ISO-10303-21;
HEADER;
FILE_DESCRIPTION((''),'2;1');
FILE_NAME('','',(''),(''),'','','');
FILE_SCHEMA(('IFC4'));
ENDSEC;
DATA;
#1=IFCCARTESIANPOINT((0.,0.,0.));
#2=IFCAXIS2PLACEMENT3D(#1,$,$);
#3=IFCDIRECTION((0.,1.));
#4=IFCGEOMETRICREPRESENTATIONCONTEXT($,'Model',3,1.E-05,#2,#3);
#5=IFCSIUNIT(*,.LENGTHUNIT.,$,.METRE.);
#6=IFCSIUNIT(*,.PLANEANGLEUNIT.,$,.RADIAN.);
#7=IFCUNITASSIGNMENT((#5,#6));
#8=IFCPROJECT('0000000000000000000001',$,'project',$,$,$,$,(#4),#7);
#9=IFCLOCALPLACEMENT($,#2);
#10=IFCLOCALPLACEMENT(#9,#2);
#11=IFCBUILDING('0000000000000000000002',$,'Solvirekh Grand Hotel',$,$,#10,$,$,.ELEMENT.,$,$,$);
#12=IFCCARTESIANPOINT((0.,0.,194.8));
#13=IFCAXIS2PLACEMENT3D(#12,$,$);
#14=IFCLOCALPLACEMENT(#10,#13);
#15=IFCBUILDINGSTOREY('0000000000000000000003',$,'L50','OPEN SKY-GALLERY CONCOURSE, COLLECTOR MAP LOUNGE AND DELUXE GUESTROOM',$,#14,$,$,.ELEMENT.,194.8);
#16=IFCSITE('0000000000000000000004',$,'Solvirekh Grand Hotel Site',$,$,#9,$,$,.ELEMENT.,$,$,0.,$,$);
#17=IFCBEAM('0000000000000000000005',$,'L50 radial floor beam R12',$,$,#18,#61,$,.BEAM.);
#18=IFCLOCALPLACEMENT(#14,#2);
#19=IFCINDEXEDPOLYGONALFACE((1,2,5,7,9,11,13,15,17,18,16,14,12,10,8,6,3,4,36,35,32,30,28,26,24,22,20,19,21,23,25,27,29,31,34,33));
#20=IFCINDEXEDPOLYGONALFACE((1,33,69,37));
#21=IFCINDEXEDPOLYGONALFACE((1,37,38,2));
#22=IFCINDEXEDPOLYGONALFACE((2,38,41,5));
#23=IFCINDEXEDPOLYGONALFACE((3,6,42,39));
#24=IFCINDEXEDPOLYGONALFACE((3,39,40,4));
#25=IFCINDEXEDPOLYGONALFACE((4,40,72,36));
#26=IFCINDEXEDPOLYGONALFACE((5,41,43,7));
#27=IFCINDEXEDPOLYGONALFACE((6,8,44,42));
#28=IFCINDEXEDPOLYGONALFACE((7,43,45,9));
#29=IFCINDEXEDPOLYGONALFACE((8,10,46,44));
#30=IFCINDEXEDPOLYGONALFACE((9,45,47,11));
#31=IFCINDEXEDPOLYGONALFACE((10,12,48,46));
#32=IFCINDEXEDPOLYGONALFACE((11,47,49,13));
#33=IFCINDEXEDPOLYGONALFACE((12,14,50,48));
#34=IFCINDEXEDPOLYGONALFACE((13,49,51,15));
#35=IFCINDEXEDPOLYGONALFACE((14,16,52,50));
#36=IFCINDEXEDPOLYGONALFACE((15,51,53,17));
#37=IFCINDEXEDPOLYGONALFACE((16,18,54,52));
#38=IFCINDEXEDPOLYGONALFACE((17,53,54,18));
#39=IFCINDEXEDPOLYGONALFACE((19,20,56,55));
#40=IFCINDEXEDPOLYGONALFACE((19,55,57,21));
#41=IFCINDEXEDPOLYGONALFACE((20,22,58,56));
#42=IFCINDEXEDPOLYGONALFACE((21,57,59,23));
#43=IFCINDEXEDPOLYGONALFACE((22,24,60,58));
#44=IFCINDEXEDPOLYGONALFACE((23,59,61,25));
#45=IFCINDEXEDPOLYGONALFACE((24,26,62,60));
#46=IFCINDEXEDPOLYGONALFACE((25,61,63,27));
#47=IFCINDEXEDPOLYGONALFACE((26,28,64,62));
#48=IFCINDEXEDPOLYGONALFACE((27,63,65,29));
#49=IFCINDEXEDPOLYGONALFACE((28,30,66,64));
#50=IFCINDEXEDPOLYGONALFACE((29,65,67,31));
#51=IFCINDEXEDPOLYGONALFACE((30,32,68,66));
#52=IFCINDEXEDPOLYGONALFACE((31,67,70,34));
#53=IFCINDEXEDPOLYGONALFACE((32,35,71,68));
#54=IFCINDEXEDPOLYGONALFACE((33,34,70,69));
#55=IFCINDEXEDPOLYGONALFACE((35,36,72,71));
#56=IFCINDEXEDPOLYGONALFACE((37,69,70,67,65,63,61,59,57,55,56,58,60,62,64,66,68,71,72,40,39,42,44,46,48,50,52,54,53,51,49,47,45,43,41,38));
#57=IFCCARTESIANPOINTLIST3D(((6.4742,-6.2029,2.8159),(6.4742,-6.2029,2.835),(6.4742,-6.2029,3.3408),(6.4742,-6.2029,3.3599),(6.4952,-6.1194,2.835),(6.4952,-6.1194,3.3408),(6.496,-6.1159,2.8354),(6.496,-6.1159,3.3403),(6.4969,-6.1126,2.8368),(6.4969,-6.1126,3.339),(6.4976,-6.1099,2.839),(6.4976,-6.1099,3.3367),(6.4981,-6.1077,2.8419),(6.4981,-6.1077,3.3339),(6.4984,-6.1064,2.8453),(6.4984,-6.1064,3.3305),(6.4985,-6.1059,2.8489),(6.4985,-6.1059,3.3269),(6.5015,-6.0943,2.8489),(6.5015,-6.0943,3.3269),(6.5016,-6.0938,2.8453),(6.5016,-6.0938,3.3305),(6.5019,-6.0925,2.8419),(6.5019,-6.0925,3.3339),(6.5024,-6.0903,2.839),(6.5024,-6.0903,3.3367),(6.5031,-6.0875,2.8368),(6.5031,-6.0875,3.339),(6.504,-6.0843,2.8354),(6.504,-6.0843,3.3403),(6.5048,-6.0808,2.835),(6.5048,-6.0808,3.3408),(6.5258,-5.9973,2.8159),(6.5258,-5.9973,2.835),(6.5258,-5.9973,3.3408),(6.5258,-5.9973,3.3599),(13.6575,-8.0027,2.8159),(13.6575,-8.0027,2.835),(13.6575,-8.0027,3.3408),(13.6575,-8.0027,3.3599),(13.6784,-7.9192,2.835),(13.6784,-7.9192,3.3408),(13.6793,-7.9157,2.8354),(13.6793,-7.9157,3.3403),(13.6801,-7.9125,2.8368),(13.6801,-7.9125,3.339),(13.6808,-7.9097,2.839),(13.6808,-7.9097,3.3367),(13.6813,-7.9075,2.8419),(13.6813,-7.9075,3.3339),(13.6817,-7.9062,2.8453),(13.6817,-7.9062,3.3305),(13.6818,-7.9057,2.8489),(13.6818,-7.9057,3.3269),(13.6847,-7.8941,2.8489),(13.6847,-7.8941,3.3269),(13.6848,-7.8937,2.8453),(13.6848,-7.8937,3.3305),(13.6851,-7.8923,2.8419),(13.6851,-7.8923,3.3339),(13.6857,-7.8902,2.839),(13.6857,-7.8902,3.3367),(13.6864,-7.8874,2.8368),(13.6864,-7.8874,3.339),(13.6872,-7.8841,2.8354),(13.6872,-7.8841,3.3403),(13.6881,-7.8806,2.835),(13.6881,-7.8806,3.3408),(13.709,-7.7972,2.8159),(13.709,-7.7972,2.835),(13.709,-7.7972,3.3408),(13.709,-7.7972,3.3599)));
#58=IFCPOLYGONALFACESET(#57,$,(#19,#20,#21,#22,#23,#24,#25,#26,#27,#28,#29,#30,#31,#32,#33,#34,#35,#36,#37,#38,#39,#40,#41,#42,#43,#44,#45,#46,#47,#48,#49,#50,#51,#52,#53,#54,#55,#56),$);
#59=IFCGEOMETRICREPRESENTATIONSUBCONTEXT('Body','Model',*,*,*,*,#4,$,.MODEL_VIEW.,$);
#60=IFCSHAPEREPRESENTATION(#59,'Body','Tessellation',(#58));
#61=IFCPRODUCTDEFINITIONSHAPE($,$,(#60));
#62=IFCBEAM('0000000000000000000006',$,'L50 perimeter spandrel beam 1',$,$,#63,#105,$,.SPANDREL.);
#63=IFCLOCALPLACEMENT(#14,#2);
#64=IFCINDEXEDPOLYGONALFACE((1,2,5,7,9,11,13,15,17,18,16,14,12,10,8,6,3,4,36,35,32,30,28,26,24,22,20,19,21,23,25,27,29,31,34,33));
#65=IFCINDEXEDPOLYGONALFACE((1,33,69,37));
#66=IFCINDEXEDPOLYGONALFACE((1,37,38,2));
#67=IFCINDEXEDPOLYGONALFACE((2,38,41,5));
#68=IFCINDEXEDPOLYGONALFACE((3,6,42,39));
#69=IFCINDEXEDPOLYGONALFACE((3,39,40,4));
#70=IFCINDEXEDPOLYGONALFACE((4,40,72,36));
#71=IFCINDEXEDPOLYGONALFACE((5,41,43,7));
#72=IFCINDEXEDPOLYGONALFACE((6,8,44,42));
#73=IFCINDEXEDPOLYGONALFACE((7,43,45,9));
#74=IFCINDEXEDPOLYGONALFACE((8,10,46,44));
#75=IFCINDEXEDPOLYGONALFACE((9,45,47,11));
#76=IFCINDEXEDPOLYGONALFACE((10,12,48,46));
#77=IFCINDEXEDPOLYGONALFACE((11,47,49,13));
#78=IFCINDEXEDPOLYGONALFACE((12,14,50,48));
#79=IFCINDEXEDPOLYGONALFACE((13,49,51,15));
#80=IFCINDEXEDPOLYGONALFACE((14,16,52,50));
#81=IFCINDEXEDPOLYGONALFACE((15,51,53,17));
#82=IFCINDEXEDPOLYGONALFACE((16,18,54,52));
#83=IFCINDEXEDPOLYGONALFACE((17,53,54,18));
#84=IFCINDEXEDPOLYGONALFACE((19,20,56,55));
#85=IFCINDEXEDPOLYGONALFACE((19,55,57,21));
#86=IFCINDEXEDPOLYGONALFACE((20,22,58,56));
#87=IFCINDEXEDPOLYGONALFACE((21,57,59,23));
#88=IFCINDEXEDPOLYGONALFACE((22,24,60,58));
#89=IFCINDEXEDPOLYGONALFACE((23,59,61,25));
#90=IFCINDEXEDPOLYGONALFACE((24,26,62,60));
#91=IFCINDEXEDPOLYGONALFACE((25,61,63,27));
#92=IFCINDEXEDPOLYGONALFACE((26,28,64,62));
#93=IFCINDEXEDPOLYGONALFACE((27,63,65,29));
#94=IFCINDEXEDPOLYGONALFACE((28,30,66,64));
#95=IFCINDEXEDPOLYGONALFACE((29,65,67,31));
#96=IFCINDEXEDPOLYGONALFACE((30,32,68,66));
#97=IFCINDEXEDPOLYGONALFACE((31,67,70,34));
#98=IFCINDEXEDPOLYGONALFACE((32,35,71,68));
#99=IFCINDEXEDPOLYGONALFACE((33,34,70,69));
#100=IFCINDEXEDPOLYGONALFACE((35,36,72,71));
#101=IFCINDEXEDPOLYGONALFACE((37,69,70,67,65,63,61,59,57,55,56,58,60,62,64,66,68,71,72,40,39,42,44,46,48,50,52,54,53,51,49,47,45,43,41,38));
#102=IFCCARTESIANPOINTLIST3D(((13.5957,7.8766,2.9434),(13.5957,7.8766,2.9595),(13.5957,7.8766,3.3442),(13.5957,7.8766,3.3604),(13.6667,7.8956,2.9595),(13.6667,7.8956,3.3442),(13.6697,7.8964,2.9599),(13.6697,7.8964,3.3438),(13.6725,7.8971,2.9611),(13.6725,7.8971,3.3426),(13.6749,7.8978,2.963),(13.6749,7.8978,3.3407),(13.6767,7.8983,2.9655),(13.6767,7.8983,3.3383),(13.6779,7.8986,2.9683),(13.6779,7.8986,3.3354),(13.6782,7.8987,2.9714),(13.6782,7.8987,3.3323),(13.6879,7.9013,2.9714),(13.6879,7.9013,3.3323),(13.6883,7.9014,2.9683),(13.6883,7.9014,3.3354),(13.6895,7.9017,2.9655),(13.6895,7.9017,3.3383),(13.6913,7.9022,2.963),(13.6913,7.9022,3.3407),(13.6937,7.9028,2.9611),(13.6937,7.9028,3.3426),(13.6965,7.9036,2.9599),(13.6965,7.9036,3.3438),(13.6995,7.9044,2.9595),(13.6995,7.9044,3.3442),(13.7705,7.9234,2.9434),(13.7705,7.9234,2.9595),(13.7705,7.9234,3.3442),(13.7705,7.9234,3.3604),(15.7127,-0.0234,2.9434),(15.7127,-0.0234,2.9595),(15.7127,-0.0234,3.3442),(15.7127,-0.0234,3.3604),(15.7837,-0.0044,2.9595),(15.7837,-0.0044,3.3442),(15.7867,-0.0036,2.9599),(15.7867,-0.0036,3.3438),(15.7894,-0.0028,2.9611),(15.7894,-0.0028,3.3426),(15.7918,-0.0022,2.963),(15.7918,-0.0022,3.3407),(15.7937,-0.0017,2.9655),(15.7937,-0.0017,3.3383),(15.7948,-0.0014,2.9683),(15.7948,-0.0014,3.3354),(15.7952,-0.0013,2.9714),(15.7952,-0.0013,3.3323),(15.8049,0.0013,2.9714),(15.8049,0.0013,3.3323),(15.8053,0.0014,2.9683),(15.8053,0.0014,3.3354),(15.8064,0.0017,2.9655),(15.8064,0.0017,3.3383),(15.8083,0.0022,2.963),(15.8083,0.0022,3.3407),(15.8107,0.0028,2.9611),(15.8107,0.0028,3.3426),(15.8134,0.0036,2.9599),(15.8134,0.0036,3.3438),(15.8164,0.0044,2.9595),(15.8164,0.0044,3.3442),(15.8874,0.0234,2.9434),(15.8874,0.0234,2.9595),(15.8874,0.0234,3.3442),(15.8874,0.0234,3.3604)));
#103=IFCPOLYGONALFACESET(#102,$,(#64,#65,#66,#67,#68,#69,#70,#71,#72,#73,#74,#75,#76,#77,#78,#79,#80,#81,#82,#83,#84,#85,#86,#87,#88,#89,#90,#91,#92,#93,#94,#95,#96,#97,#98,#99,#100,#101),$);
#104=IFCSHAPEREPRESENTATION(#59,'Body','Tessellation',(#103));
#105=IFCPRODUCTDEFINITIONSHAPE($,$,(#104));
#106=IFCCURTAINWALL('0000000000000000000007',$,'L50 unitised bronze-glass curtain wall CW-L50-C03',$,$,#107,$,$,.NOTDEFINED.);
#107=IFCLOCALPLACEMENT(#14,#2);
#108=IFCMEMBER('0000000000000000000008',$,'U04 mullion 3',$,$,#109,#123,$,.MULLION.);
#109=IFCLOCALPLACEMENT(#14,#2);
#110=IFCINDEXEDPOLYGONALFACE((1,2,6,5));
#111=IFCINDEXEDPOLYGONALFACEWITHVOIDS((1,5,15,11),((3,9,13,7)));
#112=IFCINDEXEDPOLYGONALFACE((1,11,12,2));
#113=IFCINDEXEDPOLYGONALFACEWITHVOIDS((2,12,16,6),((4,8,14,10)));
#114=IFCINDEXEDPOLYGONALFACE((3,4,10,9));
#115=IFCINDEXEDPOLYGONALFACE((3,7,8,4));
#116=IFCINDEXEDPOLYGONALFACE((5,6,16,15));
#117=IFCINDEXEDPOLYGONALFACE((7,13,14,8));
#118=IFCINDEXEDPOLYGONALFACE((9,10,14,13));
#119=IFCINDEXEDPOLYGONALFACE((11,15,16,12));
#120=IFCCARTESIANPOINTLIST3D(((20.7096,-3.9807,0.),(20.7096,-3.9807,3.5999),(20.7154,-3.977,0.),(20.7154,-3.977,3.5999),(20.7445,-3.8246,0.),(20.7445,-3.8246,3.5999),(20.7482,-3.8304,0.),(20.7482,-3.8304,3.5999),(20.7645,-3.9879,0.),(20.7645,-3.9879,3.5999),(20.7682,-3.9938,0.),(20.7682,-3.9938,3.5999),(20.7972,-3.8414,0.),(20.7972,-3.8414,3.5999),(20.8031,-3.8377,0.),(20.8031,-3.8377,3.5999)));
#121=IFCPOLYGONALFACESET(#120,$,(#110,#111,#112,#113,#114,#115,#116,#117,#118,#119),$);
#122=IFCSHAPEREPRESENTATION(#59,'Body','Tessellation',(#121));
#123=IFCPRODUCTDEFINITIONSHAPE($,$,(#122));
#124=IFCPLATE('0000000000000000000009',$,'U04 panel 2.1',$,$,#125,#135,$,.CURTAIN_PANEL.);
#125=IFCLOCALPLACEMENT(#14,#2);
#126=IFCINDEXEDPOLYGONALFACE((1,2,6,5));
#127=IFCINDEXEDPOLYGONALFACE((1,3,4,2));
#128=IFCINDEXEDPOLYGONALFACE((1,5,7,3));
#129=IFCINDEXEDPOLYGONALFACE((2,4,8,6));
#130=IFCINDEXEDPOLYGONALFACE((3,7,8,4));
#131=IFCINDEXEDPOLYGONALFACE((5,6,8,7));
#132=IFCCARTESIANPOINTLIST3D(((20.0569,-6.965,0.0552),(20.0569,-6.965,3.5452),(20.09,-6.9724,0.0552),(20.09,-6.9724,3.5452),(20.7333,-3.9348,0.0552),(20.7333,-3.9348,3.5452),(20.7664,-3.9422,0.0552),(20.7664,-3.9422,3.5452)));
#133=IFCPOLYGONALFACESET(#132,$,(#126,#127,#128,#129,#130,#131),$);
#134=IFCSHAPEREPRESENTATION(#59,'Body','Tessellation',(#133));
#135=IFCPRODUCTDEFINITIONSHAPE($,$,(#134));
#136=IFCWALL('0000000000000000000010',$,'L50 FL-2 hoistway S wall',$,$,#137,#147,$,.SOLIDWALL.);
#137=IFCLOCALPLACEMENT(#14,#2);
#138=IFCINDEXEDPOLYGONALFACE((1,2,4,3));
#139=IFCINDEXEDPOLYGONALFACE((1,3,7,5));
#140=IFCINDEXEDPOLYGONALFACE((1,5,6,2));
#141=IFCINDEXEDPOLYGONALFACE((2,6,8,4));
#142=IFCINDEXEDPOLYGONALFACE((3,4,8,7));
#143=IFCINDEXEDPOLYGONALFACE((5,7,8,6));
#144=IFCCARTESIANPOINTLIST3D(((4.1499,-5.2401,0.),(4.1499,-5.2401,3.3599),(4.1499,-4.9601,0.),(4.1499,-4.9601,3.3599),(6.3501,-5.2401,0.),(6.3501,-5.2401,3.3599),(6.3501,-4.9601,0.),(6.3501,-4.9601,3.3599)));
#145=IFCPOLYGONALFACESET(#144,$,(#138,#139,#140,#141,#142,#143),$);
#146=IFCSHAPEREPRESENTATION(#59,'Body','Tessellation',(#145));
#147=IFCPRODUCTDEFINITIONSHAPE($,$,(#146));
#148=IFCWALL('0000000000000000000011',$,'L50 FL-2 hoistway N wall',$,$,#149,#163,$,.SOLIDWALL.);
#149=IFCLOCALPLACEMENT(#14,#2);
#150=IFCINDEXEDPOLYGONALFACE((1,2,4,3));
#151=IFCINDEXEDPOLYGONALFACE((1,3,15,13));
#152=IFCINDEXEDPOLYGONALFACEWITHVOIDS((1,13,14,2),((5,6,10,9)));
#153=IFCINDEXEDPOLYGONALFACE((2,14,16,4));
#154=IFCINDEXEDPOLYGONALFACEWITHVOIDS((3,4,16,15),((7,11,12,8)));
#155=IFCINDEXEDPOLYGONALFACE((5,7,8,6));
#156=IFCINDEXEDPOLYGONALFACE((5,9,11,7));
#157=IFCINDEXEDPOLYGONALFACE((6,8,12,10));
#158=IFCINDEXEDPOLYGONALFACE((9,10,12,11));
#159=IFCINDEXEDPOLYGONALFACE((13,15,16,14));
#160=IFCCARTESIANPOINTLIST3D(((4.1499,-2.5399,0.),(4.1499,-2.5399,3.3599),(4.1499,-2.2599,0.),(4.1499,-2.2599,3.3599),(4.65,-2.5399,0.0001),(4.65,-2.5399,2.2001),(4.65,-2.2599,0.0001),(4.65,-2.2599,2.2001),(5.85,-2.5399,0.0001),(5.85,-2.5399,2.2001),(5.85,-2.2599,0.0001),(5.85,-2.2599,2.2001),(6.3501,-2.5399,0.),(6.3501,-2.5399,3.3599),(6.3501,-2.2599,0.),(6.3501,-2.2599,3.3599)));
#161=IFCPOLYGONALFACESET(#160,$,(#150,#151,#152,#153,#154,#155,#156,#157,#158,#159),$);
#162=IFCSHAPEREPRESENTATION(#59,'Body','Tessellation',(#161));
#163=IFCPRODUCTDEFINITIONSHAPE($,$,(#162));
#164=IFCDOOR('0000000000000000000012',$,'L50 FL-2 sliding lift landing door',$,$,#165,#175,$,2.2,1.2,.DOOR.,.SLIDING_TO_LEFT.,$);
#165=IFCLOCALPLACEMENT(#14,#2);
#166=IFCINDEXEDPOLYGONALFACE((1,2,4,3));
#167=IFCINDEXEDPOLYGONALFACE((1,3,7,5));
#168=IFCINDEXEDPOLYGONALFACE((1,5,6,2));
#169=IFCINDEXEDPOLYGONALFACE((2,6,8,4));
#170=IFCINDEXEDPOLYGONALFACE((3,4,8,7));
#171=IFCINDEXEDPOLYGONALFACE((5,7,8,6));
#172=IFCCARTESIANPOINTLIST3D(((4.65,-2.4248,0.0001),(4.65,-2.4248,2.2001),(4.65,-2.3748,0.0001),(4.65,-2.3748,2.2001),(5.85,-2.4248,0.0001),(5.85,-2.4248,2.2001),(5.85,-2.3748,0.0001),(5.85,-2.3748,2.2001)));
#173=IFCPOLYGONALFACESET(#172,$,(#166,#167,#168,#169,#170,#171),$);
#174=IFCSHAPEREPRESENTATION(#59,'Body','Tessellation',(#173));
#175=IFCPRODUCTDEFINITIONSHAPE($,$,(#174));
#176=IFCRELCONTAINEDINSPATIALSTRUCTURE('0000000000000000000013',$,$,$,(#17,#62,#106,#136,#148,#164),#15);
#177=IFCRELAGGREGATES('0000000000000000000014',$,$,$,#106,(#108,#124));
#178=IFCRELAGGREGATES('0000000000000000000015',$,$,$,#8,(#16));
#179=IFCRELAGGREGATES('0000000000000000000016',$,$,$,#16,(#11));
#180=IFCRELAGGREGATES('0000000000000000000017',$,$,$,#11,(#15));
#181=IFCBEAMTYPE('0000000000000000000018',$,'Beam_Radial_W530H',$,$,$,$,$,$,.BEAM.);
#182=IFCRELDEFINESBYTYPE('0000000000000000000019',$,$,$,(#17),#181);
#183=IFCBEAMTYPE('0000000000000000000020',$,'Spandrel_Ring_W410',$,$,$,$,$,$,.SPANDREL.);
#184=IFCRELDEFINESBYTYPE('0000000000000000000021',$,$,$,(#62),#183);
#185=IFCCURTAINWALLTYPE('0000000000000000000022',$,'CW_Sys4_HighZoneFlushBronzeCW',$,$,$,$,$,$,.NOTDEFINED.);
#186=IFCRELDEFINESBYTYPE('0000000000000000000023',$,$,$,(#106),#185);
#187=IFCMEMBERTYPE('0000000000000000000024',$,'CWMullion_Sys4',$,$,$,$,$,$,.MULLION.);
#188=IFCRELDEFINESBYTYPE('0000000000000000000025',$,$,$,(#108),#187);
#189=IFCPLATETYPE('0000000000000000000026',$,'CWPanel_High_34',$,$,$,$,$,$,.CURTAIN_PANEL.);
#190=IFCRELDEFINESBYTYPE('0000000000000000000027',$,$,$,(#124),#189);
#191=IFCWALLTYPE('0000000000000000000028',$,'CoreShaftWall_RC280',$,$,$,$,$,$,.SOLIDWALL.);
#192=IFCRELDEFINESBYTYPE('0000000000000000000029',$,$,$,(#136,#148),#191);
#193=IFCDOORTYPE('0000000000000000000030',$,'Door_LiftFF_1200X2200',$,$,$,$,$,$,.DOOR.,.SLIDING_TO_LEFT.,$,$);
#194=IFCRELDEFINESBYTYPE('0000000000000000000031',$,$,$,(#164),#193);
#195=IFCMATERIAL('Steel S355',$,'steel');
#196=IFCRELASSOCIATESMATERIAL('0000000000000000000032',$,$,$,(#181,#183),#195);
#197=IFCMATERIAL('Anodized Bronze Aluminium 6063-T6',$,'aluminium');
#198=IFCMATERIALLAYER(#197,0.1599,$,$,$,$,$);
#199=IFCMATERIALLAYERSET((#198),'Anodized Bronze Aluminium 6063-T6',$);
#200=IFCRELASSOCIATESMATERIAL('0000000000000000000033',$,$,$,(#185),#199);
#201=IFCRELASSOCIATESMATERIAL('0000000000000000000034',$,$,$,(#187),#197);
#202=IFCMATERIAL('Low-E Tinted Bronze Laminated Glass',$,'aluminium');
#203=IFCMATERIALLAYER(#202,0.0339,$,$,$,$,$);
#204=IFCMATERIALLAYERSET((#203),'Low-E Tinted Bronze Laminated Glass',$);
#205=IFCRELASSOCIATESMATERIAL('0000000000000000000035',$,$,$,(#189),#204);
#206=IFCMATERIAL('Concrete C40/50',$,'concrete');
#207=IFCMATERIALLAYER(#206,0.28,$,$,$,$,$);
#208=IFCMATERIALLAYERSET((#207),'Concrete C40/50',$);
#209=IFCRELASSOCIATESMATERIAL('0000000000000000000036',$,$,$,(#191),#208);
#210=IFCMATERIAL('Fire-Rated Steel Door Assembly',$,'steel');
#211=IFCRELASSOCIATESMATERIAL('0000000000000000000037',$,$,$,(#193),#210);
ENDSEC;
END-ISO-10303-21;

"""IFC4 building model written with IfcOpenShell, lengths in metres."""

from ifc_helpers import new_model, si_unit, direction, frame, frame_2d, origin, origin_2d, place, context, subcontext, project, spatial, rectangle, hollow_rectangle, i_section, extrude, source, transform, mapped, material, layer, layer_set, material_profile, profile_set, type_object, element, fill, aggregate, save


model = new_model("IFC4")

# Units and contexts
model_context = context("Model", 3, precision=1e-05, world=origin(), true_north=direction((0.0, 1.0)))
body_context = subcontext(model_context, "Body", "Model", "MODEL_VIEW")
ifc_project = project(units=[si_unit("LENGTHUNIT", "METRE"), si_unit("PLANEANGLEUNIT", "RADIAN")], contexts=[model_context])

# Site, building, storey
site_placement = place(None, origin())
site = spatial("IfcSite", under=ifc_project, at=site_placement, Name="Solvirekh Grand Hotel Site", CompositionType="ELEMENT", RefElevation=0.0)
building_placement = place(site_placement, origin())
building = spatial("IfcBuilding", under=site, at=building_placement, Name="Solvirekh Grand Hotel", CompositionType="ELEMENT")
storey_placement = place(building_placement, frame((0.0, 0.0, 194.8)))
storey = spatial("IfcBuildingStorey", under=building, at=storey_placement, Name="L50", Description="OPEN SKY-GALLERY CONCOURSE, COLLECTOR MAP LOUNGE AND DELUXE GUESTROOM", CompositionType="ELEMENT", Elevation=194.8)

# Beams
ifc_material_1 = material(Name="Steel S355", Category="steel")
ifc_material_profile_1 = material_profile(ifc_material_1, i_section(OverallWidth=0.2119, OverallDepth=0.5439, WebThickness=0.012, FlangeThickness=0.019, FilletRadius=0.0139, at=origin_2d()), Name="W530X123")
ifc_profile_set_1 = profile_set([ifc_material_profile_1], Name="Steel S355")
beam_type_1 = type_object("IfcBeamType", Name="Beam_Radial_W530H", PredefinedType="BEAM", material=ifc_profile_set_1)
beam_1_placement = place(storey_placement, frame((6.5, -6.1001, 3.0879), z_axis=(0.970014, -0.243048, 0.0), x_axis=(0.243048, 0.970014, 0.0)))
element("IfcBeam", 1, at=beam_1_placement, inside=storey, type_object=beam_type_1, Name="L50 radial floor beam R12", PredefinedType="BEAM", context=body_context, shape_type="SweptSolid", body=[
    extrude(i_section(OverallWidth=0.2119, OverallDepth=0.5439, WebThickness=0.012, FlangeThickness=0.019, FilletRadius=0.0139, at=origin_2d()), origin(), (0.0, 0.0, 1.0), 7.4053),
])
ifc_material_profile_2 = material_profile(ifc_material_1, i_section(OverallWidth=0.1809, OverallDepth=0.417, WebThickness=0.01, FlangeThickness=0.0161, FilletRadius=0.012, at=origin_2d()), Name="W410X85")
ifc_profile_set_2 = profile_set([ifc_material_profile_2], Name="Steel S355")
beam_type_2 = type_object("IfcBeamType", Name="Spandrel_Ring_W410", PredefinedType="SPANDREL", material=ifc_profile_set_2)
beam_2_placement = place(storey_placement, frame((15.8, 0.0, 3.1519), z_axis=(-0.258839, 0.965921, 0.0), x_axis=(-0.965921, -0.258839, 0.0)))
element("IfcBeam", 2, at=beam_2_placement, inside=storey, type_object=beam_type_2, Name="L50 perimeter spandrel beam 1", PredefinedType="SPANDREL", context=body_context, shape_type="SweptSolid", body=[
    extrude(i_section(OverallWidth=0.1809, OverallDepth=0.417, WebThickness=0.01, FlangeThickness=0.0161, FilletRadius=0.012, at=origin_2d()), origin(), (0.0, 0.0, 1.0), 8.1787),
])

# Curtain wall, member, plate
ifc_material_2 = material(Name="Anodized Bronze Aluminium 6063-T6", Category="aluminium")
ifc_layer_1 = layer(ifc_material_2, 0.1599)
ifc_layer_set_1 = layer_set([ifc_layer_1], Name="Anodized Bronze Aluminium 6063-T6")
curtain_wall_type = type_object("IfcCurtainWallType", Name="CW_Sys4_HighZoneFlushBronzeCW", PredefinedType="NOTDEFINED", material=ifc_layer_set_1)
curtain_wall_placement = place(storey_placement, origin())
curtain_wall = element("IfcCurtainWall", 3, at=curtain_wall_placement, inside=storey, type_object=curtain_wall_type, Name="L50 unitised bronze-glass curtain wall CW-L50-C03", PredefinedType="NOTDEFINED")
ifc_material_profile_3 = material_profile(ifc_material_2, hollow_rectangle(XDim=0.0601, YDim=0.1599, WallThickness=0.0049, at=origin_2d()), Name="ALU RHS 160X60X5")
ifc_profile_set_3 = profile_set([ifc_material_profile_3], Name="Anodized Bronze Aluminium 6063-T6")
member_type = type_object("IfcMemberType", Name="CWMullion_Sys4", PredefinedType="MULLION", material=ifc_profile_set_3)
shared_shape_1 = source(origin(), body_context, "Body", "SweptSolid", [
    extrude(hollow_rectangle(XDim=0.0601, YDim=0.1599, WallThickness=0.0049, at=origin_2d()), origin(), (0.0, 0.0, 1.0), 3.5999),
])
member_placement = place(storey_placement, frame((20.7563, -3.9092, 0.0), z_axis=(0.0, 0.0, 1.0), x_axis=(-0.97598, 0.217858, 0.0)))
member = element("IfcMember", 4, at=member_placement, type_object=member_type, Name="U04 mullion 3", PredefinedType="MULLION", context=body_context, shape_type="MappedRepresentation", body=[
    mapped(shared_shape_1, transform((0.0, 0.0, 0.0), x_axis=(1.0, 0.0, 0.0), y_axis=(0.0, 1.0, 0.0), z_axis=(0.0, 0.0, 1.0), scale=1.0)),
])
ifc_material_3 = material(Name="Low-E Tinted Bronze Laminated Glass", Category="aluminium")
ifc_layer_2 = layer(ifc_material_3, 0.0339)
ifc_layer_set_2 = layer_set([ifc_layer_2], Name="Low-E Tinted Bronze Laminated Glass")
plate_type = type_object("IfcPlateType", Name="CWPanel_High_34", PredefinedType="CURTAIN_PANEL", material=ifc_layer_set_2)
shared_shape_2 = source(origin(), body_context, "Body", "SweptSolid", [
    extrude(rectangle(XDim=3.1047, YDim=0.0339, at=origin_2d()), origin(), (0.0, 0.0, 1.0), 3.49),
])
plate_placement = place(storey_placement, frame((20.4116, -5.4536, 0.0552), z_axis=(0.0, 0.0, 1.0), x_axis=(0.217858, 0.97598, 0.0)))
plate = element("IfcPlate", 5, at=plate_placement, type_object=plate_type, Name="U04 panel 2.1", PredefinedType="CURTAIN_PANEL", context=body_context, shape_type="MappedRepresentation", body=[
    mapped(shared_shape_2, transform((0.0, 0.0, 0.0), x_axis=(1.0, 0.0, 0.0), y_axis=(0.0, 1.0, 0.0), z_axis=(0.0, 0.0, 1.0), scale=1.0)),
])
aggregate(curtain_wall, [member, plate])

# Wall
ifc_material_4 = material(Name="Concrete C40/50", Category="concrete")
ifc_layer_3 = layer(ifc_material_4, 0.28)
ifc_layer_set_3 = layer_set([ifc_layer_3], Name="Concrete C40/50")
wall_type_1 = type_object("IfcWallType", Name="CoreShaftWall_RC280", PredefinedType="SOLIDWALL", material=ifc_layer_set_3)
wall_1_placement = place(storey_placement, frame((4.1499, -5.1001, 0.0), z_axis=(0.0, 0.0, 1.0), x_axis=(1.0, 0.0, 0.0)))
element("IfcWall", 6, at=wall_1_placement, inside=storey, type_object=wall_type_1, Name="L50 FL-2 hoistway S wall", PredefinedType="SOLIDWALL", context=body_context, shape_type="SweptSolid", body=[
    extrude(rectangle(XDim=2.2002, YDim=0.28, at=frame_2d((1.1001, 0.0))), origin(), (0.0, 0.0, 1.0), 3.3599),
])

# Wall, opening, door
wall_2_placement = place(storey_placement, frame((6.3501, -2.3999, 0.0), z_axis=(0.0, 0.0, 1.0), x_axis=(-1.0, 0.0, 0.0)))
wall_2 = element("IfcWall", 7, at=wall_2_placement, inside=storey, type_object=wall_type_1, Name="L50 FL-2 hoistway N wall", PredefinedType="SOLIDWALL", context=body_context, shape_type="SweptSolid", body=[
    extrude(rectangle(XDim=2.2002, YDim=0.28, at=frame_2d((1.1001, 0.0))), origin(), (0.0, 0.0, 1.0), 3.3599),
])
opening_1_placement = place(wall_2_placement, frame((0.5, 0.0, 0.0)))
opening_1 = element("IfcOpeningElement", 8, at=opening_1_placement, cuts=wall_2, PredefinedType="OPENING", context=body_context, shape_type="SweptSolid", body=[
    extrude(rectangle(XDim=1.2, YDim=2.2, at=frame_2d((0.6001, 1.1001))), frame((0.0, 0.1499, 0.0), z_axis=(0.0, -1.0, 0.0), x_axis=(1.0, 0.0, 0.0)), (0.0, 0.0, 1.0), 0.3),
])
ifc_material_5 = material(Name="Fire-Rated Steel Door Assembly", Category="steel")
door_type_1 = type_object("IfcDoorType", Name="Door_LiftFF_1200X2200", OperationType="SLIDING_TO_LEFT", PredefinedType="DOOR", material=ifc_material_5)
door_1_placement = place(opening_1_placement, origin())
door_1 = element("IfcDoor", 9, at=door_1_placement, inside=storey, type_object=door_type_1, Name="L50 FL-2 sliding lift landing door", OperationType="SLIDING_TO_LEFT", OverallHeight=2.2, OverallWidth=1.2, PredefinedType="DOOR", context=body_context, shape_type="SweptSolid", body=[
    extrude(rectangle(XDim=1.2, YDim=2.2, at=frame_2d((0.6001, 1.1001))), frame((0.0, 0.0249, 0.0), z_axis=(0.0, -1.0, 0.0), x_axis=(1.0, 0.0, 0.0)), (0.0, 0.0, 1.0), 0.05),
])
fill(opening_1, door_1)

save(model, "model.ifc")
